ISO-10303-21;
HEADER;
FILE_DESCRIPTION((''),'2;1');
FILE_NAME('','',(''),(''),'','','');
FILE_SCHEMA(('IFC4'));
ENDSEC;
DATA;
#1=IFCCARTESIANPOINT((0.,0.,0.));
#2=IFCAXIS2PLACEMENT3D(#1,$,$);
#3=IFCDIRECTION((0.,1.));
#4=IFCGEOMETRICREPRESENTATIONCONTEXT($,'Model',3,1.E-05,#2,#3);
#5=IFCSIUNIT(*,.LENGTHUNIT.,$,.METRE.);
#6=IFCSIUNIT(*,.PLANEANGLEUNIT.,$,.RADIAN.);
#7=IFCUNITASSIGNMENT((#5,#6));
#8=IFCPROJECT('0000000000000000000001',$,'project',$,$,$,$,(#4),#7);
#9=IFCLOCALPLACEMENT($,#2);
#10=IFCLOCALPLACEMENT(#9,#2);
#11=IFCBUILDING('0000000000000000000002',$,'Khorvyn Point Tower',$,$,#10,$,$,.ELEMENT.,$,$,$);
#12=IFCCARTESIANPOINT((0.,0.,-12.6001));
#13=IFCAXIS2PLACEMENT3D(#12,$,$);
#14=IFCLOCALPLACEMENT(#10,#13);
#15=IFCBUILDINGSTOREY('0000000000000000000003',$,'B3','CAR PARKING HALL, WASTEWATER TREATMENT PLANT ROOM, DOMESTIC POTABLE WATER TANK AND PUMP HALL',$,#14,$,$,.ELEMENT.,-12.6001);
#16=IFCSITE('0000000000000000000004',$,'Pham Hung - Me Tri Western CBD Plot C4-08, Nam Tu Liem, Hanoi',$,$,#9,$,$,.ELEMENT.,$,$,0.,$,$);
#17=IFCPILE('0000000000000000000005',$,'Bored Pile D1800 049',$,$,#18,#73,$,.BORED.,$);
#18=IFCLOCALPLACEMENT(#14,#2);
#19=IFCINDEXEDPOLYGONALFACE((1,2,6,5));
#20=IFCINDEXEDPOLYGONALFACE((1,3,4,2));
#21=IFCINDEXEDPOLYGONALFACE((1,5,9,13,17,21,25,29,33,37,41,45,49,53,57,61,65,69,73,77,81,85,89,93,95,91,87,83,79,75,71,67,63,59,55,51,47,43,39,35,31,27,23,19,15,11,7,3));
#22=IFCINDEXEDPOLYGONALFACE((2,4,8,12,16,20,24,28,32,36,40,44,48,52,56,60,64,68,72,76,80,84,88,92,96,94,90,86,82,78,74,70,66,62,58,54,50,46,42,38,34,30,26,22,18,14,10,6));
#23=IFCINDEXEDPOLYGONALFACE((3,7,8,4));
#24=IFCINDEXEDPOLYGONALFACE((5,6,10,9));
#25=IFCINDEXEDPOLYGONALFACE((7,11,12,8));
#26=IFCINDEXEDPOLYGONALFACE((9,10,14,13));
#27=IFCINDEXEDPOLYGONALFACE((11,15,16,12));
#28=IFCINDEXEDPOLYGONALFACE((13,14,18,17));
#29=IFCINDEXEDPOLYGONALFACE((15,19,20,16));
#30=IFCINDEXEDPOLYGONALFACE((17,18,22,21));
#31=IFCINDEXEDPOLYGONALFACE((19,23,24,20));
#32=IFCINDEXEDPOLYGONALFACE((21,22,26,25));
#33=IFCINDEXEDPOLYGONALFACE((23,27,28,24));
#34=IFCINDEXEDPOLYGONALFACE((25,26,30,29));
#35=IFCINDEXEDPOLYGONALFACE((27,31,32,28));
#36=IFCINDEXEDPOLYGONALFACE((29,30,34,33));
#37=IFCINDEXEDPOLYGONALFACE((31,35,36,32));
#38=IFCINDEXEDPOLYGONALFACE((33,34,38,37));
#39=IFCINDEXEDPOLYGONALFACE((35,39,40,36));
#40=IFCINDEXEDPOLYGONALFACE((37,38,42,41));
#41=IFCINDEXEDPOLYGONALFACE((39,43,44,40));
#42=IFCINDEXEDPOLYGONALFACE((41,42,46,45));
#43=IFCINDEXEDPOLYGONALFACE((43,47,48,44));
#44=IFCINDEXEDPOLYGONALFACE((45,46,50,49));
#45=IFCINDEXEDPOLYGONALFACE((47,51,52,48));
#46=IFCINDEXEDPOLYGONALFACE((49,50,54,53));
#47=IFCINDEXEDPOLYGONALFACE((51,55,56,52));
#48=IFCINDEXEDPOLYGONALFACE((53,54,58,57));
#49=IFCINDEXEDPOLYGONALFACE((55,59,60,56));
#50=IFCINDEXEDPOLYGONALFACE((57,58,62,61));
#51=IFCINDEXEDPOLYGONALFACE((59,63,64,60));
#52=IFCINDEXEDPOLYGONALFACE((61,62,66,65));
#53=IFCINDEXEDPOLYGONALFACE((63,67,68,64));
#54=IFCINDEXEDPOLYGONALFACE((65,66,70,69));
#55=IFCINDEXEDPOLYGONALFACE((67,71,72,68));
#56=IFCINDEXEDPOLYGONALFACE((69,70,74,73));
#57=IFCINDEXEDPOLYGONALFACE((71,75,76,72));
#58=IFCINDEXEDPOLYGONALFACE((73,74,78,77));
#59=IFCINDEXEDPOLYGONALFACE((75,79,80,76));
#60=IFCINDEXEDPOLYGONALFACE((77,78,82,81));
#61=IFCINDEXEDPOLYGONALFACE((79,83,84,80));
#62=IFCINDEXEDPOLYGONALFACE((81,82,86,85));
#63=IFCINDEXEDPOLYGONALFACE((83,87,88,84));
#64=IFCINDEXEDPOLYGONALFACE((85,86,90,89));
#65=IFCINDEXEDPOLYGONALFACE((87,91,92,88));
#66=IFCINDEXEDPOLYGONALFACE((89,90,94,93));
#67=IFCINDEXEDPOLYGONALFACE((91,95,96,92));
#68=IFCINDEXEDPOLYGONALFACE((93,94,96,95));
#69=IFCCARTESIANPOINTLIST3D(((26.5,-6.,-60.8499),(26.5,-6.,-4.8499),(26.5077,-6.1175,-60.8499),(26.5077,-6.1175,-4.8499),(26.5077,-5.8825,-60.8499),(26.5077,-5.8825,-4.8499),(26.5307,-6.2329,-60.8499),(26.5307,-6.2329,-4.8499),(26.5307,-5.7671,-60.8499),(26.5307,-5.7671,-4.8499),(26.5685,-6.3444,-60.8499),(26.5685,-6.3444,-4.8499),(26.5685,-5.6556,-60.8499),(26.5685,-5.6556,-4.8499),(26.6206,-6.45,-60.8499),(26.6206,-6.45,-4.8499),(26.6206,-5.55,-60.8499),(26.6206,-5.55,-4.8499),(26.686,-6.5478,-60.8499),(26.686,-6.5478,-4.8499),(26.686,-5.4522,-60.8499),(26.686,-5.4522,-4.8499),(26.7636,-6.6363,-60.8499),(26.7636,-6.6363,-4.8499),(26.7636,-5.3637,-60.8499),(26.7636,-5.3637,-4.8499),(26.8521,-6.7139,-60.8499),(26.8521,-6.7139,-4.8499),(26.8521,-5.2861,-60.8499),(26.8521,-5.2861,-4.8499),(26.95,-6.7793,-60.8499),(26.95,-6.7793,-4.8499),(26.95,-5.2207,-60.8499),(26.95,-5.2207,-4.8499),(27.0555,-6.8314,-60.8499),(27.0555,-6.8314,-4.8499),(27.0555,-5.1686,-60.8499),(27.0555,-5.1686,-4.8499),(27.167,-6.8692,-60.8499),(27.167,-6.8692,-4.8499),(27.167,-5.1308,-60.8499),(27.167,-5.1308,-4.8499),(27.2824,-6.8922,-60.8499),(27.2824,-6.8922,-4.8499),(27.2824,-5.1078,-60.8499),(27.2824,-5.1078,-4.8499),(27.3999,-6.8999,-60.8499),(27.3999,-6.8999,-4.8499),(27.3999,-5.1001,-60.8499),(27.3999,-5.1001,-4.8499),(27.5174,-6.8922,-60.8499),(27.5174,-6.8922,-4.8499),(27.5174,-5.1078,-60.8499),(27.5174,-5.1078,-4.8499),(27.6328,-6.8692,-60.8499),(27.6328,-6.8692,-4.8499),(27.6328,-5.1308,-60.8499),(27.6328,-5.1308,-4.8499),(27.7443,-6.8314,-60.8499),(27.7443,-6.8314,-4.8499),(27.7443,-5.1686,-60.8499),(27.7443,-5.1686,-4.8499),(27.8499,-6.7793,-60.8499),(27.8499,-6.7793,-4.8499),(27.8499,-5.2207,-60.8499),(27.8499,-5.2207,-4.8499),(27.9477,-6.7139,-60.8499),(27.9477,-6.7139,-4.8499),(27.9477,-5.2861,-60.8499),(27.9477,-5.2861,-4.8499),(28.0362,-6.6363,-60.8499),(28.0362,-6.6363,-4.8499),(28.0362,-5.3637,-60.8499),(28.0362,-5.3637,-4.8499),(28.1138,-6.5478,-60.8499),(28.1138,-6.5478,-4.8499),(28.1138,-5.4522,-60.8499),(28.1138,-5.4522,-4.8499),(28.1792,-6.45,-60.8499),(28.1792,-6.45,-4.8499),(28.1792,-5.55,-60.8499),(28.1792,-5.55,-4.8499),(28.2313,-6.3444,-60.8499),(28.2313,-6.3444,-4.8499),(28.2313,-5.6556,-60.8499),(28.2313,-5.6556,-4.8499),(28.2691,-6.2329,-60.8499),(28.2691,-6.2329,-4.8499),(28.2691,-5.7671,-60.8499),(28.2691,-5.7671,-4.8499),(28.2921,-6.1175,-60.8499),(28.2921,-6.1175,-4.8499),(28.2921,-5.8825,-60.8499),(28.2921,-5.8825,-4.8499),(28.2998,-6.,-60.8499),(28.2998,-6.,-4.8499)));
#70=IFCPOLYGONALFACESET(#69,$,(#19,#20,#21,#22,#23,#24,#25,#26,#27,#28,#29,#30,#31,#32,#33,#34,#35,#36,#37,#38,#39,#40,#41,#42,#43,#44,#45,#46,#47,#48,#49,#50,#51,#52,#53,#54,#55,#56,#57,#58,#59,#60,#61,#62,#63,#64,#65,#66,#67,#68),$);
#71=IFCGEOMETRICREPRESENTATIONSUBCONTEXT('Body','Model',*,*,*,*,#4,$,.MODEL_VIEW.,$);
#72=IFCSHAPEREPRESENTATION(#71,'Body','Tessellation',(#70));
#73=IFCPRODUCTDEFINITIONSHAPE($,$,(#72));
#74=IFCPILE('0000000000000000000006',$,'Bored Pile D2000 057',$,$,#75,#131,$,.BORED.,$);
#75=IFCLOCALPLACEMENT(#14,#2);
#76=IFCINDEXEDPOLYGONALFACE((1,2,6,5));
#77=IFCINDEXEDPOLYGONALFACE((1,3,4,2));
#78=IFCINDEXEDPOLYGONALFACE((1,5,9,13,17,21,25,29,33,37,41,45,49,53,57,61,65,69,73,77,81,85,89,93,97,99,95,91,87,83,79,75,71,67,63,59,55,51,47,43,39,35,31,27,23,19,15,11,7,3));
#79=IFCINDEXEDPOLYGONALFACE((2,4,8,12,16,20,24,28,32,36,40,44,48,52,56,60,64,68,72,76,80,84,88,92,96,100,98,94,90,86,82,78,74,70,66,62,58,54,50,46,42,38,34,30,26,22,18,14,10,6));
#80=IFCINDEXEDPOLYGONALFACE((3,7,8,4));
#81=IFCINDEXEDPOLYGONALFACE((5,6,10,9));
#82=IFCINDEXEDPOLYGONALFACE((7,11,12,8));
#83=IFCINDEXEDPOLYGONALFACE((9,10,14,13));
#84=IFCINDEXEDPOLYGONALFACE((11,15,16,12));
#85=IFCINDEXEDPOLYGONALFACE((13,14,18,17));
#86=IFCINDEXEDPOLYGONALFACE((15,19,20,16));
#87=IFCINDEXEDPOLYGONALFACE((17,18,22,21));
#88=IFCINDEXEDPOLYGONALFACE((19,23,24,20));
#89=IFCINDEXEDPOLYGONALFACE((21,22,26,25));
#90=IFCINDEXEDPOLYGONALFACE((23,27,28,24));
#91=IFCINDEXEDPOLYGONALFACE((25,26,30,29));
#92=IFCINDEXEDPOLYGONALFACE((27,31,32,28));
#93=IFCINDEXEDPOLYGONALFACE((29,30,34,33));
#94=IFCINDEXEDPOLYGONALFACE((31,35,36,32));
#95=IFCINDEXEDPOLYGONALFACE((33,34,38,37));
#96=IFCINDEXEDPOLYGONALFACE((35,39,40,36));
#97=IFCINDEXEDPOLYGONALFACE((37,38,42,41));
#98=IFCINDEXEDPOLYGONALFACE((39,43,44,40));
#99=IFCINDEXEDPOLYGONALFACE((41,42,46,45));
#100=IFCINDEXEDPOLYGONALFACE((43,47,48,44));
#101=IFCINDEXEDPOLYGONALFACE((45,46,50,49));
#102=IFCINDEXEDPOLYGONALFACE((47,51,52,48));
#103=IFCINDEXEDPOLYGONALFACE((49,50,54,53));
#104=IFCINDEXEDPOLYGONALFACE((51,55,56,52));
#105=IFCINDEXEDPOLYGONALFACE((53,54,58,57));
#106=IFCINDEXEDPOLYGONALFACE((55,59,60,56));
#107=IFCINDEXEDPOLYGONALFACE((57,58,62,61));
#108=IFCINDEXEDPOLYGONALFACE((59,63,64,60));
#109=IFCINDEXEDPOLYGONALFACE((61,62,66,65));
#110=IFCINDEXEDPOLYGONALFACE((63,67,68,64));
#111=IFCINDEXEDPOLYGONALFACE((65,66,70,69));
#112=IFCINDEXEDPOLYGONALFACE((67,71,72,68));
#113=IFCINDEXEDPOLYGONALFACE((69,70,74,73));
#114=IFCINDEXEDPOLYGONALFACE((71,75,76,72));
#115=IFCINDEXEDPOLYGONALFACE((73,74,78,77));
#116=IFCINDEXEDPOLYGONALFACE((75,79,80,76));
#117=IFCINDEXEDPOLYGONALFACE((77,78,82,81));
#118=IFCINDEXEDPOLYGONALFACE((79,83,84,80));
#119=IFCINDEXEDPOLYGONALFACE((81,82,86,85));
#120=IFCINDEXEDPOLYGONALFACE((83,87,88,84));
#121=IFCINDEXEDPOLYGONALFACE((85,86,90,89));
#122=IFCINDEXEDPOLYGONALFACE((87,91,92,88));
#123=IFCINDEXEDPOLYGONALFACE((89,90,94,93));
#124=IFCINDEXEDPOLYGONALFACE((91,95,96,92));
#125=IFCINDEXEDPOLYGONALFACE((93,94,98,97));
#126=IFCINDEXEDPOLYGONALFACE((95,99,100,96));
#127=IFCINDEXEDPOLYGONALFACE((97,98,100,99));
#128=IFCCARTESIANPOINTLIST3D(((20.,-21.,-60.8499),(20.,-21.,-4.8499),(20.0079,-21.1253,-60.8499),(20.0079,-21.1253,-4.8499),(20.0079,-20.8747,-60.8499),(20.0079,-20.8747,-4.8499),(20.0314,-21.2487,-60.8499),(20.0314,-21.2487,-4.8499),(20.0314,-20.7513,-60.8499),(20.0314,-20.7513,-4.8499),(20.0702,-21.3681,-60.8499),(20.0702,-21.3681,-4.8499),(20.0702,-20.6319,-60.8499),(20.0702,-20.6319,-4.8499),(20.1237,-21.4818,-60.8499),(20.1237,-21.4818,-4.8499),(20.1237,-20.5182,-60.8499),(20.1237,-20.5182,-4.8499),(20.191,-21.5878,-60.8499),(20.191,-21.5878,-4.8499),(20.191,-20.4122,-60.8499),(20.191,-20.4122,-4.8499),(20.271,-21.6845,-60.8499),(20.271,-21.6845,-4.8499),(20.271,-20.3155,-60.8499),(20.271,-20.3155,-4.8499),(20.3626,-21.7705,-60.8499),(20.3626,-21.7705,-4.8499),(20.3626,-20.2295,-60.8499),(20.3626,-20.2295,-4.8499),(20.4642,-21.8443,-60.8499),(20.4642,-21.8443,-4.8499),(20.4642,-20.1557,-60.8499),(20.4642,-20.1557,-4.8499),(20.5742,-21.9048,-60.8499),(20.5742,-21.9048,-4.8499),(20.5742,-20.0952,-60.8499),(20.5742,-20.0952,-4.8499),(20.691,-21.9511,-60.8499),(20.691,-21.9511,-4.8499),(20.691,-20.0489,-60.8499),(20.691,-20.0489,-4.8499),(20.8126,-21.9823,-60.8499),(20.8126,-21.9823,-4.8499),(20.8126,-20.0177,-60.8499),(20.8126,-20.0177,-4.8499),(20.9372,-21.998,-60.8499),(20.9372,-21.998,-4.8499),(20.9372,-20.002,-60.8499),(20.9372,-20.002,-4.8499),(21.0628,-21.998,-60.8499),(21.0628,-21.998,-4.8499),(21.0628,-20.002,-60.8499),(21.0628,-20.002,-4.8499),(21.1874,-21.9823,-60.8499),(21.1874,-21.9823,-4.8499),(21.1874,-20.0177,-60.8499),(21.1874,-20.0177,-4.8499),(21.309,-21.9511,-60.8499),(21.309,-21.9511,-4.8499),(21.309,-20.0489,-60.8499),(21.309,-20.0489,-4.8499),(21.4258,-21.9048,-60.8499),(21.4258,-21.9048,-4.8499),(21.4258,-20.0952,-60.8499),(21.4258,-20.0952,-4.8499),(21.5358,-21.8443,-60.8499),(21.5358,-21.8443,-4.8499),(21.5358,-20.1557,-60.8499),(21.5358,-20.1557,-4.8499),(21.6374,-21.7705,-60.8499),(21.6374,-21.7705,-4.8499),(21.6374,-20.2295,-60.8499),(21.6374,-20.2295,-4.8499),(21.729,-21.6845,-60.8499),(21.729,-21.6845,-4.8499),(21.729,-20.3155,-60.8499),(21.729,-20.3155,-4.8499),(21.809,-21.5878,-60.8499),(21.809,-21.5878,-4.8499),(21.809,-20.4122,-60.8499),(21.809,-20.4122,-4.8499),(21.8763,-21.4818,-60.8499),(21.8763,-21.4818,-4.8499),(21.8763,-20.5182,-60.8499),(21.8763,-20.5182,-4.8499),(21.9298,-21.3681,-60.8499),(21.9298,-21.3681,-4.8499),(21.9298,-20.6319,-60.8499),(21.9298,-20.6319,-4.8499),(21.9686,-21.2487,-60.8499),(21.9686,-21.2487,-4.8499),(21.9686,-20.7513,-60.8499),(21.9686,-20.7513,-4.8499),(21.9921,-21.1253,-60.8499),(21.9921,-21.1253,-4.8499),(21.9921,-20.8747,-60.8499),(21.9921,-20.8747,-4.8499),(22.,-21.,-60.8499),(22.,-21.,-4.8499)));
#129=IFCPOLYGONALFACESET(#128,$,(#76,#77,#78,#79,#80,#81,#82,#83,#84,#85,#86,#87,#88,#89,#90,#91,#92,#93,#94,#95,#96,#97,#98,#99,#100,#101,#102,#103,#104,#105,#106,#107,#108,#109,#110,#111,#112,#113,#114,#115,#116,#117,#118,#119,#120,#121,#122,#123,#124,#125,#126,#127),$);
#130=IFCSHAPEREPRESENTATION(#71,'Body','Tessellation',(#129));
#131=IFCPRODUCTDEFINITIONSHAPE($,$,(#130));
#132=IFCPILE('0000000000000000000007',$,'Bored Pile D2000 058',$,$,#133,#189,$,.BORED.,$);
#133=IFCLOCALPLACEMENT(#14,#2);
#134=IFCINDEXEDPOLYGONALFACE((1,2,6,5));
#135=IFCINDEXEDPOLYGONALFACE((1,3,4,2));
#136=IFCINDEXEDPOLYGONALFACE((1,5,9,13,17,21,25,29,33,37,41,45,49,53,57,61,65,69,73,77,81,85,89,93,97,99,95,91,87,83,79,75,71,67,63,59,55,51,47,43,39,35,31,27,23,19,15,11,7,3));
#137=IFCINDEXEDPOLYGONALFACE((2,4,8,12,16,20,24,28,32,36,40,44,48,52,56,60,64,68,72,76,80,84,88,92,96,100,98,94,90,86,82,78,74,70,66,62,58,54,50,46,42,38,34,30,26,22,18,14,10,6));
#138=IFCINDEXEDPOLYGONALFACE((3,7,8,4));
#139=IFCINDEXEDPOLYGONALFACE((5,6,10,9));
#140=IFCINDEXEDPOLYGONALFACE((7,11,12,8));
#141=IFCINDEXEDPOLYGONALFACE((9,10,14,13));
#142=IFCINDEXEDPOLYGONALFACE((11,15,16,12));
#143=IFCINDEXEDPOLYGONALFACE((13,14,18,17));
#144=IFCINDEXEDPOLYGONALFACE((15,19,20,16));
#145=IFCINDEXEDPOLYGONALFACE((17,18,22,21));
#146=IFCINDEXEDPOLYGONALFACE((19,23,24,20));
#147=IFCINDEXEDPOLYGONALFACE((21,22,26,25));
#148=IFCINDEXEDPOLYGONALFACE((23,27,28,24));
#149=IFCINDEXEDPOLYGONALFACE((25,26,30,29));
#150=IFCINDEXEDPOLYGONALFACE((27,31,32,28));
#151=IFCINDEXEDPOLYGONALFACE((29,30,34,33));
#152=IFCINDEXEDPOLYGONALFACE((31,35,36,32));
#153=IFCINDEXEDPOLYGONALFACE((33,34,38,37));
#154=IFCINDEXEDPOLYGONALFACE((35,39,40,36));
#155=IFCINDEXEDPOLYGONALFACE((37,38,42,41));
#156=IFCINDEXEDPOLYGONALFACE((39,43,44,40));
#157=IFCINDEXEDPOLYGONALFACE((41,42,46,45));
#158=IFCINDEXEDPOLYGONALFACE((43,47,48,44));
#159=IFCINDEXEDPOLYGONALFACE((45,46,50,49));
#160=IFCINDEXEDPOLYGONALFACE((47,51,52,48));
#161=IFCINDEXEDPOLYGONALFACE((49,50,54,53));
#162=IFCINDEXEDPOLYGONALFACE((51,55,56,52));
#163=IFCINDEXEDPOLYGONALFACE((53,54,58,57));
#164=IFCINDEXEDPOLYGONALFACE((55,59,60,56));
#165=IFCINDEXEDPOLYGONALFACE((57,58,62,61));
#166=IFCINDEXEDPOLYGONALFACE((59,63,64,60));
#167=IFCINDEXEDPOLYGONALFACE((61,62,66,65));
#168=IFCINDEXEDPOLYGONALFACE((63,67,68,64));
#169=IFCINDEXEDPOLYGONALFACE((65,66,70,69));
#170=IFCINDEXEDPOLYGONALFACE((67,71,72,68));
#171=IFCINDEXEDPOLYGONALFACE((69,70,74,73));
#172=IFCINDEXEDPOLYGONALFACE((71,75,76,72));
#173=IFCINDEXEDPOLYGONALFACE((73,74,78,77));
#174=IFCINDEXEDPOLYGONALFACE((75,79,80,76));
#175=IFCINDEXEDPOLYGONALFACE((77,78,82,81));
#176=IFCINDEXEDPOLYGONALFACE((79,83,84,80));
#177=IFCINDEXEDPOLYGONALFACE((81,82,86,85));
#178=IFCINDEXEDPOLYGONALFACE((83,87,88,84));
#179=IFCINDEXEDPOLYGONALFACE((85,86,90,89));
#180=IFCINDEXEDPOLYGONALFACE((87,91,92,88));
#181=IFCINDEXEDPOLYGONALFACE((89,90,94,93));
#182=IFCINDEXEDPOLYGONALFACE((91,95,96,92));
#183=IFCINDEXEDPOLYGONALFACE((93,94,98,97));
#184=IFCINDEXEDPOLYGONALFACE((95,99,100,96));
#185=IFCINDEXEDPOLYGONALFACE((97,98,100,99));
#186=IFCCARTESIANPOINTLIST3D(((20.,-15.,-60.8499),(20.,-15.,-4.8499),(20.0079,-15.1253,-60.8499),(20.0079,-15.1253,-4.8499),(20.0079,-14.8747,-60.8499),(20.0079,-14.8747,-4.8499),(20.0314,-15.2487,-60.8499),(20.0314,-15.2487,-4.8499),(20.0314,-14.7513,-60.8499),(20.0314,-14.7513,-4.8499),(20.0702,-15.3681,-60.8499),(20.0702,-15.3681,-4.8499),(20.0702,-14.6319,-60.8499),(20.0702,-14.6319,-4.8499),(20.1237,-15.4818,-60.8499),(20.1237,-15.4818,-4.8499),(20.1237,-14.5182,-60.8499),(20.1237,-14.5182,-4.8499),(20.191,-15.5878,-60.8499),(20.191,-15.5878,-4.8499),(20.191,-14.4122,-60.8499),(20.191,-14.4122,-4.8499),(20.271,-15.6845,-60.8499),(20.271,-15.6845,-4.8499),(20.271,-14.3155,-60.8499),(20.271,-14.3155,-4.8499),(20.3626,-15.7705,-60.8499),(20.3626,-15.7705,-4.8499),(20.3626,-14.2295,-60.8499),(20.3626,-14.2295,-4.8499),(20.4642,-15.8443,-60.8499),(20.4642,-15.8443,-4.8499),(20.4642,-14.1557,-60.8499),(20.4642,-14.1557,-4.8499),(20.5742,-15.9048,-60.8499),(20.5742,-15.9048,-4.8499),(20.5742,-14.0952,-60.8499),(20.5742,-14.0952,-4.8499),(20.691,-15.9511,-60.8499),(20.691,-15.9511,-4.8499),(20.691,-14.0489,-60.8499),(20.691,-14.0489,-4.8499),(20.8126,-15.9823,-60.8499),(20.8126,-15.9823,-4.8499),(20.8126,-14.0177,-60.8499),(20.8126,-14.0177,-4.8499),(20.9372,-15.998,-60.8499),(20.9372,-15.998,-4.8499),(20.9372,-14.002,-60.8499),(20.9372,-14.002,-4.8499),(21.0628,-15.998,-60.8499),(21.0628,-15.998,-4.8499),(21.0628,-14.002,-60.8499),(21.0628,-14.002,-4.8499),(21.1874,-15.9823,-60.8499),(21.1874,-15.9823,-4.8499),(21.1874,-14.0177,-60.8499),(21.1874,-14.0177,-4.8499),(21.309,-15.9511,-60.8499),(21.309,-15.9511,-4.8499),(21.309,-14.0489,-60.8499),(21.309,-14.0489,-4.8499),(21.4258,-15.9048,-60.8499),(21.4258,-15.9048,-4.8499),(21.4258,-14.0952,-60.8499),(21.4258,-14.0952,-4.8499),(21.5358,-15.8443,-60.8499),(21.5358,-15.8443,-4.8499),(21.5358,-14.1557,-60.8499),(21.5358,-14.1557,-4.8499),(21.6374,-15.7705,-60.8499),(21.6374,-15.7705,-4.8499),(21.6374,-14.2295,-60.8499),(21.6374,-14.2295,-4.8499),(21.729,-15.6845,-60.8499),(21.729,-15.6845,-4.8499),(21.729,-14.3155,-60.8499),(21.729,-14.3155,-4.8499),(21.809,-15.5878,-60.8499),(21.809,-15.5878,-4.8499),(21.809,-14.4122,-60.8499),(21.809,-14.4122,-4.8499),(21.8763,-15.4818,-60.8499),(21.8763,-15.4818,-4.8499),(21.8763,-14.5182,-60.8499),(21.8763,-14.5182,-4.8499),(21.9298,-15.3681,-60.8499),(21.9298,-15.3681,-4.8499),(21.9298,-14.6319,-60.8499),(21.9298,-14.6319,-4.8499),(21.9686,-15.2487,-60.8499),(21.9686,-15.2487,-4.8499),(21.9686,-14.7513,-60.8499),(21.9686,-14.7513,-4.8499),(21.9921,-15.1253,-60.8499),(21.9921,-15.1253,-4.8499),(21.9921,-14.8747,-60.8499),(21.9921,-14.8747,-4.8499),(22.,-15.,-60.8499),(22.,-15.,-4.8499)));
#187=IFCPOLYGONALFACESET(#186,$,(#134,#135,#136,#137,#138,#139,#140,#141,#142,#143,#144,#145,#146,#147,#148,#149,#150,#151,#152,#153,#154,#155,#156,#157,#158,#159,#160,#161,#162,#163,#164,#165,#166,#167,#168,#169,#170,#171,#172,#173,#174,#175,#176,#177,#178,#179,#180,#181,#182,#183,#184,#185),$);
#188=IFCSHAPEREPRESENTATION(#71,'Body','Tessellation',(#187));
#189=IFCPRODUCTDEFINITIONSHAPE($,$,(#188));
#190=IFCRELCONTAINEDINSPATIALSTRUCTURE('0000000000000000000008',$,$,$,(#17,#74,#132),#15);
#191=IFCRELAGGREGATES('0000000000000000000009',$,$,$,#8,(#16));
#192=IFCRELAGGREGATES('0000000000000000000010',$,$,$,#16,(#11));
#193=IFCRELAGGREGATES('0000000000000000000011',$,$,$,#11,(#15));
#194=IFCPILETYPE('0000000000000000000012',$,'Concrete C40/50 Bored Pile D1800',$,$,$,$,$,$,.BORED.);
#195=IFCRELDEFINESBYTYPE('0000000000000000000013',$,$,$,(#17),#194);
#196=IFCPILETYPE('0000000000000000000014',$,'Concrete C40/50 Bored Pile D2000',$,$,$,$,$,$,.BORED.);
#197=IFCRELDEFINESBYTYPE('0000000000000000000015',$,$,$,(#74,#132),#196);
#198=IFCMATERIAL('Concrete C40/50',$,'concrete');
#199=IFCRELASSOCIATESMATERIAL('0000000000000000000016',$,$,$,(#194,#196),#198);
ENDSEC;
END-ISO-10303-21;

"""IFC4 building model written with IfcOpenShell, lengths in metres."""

from ifc_helpers import new_model, si_unit, direction, frame, origin, origin_2d, place, context, subcontext, project, spatial, circle, extrude, material, material_profile, profile_set, type_object, element, save


model = new_model("IFC4")

# Units and contexts
model_context = context("Model", 3, precision=1e-05, world=origin(), true_north=direction((0.0, 1.0)))
body_context = subcontext(model_context, "Body", "Model", "MODEL_VIEW")
ifc_project = project(units=[si_unit("LENGTHUNIT", "METRE"), si_unit("PLANEANGLEUNIT", "RADIAN")], contexts=[model_context])

# Site, building, storey
site_placement = place(None, origin())
site = spatial("IfcSite", under=ifc_project, at=site_placement, Name="Pham Hung - Me Tri Western CBD Plot C4-08, Nam Tu Liem, Hanoi", CompositionType="ELEMENT", RefElevation=0.0)
building_placement = place(site_placement, origin())
building = spatial("IfcBuilding", under=site, at=building_placement, Name="Khorvyn Point Tower", CompositionType="ELEMENT")
storey_placement = place(building_placement, frame((0.0, 0.0, -12.6001)))
storey = spatial("IfcBuildingStorey", under=building, at=storey_placement, Name="B3", Description="CAR PARKING HALL, WASTEWATER TREATMENT PLANT ROOM, DOMESTIC POTABLE WATER TANK AND PUMP HALL", CompositionType="ELEMENT", Elevation=-12.6001)

# Piles
ifc_material_1 = material(Name="Concrete C40/50", Category="concrete")
ifc_material_profile_1 = material_profile(ifc_material_1, circle(Radius=0.8999, at=origin_2d()))
ifc_profile_set_1 = profile_set([ifc_material_profile_1], Name="Concrete C40/50 PILE-D1800")
pile_type_1 = type_object("IfcPileType", Name="Concrete C40/50 Bored Pile D1800", PredefinedType="BORED", material=ifc_profile_set_1)
for number, where, z_axis, x_axis, name in (
    (1, (27.3999, -6.0, -4.8499), (0.0, 0.0, -1.0), (1.0, 0.0, 0.0), "Bored Pile D1800 049"),
):
    element("IfcPile", number, at=place(storey_placement, frame(where, z_axis=z_axis, x_axis=x_axis)), inside=storey, type_object=pile_type_1, Name=name, PredefinedType="BORED", context=body_context, shape_type="SweptSolid", body=[
        extrude(circle(Radius=0.8999, at=origin_2d()), origin(), (0.0, 0.0, 1.0), 56.0),
    ])
ifc_material_profile_2 = material_profile(ifc_material_1, circle(Radius=1.0, at=origin_2d()))
ifc_profile_set_2 = profile_set([ifc_material_profile_2], Name="Concrete C40/50 PILE-D2000")
pile_type_2 = type_object("IfcPileType", Name="Concrete C40/50 Bored Pile D2000", PredefinedType="BORED", material=ifc_profile_set_2)
for number, where, z_axis, x_axis, name in (
    (2, (21.0, -21.0, -4.8499), (0.0, 0.0, -1.0), (1.0, 0.0, 0.0), "Bored Pile D2000 057"),
    (3, (21.0, -15.0, -4.8499), (0.0, 0.0, -1.0), (1.0, 0.0, 0.0), "Bored Pile D2000 058"),
):
    element("IfcPile", number, at=place(storey_placement, frame(where, z_axis=z_axis, x_axis=x_axis)), inside=storey, type_object=pile_type_2, Name=name, PredefinedType="BORED", context=body_context, shape_type="SweptSolid", body=[
        extrude(circle(Radius=1.0, at=origin_2d()), origin(), (0.0, 0.0, 1.0), 56.0),
    ])

save(model, "model.ifc")
